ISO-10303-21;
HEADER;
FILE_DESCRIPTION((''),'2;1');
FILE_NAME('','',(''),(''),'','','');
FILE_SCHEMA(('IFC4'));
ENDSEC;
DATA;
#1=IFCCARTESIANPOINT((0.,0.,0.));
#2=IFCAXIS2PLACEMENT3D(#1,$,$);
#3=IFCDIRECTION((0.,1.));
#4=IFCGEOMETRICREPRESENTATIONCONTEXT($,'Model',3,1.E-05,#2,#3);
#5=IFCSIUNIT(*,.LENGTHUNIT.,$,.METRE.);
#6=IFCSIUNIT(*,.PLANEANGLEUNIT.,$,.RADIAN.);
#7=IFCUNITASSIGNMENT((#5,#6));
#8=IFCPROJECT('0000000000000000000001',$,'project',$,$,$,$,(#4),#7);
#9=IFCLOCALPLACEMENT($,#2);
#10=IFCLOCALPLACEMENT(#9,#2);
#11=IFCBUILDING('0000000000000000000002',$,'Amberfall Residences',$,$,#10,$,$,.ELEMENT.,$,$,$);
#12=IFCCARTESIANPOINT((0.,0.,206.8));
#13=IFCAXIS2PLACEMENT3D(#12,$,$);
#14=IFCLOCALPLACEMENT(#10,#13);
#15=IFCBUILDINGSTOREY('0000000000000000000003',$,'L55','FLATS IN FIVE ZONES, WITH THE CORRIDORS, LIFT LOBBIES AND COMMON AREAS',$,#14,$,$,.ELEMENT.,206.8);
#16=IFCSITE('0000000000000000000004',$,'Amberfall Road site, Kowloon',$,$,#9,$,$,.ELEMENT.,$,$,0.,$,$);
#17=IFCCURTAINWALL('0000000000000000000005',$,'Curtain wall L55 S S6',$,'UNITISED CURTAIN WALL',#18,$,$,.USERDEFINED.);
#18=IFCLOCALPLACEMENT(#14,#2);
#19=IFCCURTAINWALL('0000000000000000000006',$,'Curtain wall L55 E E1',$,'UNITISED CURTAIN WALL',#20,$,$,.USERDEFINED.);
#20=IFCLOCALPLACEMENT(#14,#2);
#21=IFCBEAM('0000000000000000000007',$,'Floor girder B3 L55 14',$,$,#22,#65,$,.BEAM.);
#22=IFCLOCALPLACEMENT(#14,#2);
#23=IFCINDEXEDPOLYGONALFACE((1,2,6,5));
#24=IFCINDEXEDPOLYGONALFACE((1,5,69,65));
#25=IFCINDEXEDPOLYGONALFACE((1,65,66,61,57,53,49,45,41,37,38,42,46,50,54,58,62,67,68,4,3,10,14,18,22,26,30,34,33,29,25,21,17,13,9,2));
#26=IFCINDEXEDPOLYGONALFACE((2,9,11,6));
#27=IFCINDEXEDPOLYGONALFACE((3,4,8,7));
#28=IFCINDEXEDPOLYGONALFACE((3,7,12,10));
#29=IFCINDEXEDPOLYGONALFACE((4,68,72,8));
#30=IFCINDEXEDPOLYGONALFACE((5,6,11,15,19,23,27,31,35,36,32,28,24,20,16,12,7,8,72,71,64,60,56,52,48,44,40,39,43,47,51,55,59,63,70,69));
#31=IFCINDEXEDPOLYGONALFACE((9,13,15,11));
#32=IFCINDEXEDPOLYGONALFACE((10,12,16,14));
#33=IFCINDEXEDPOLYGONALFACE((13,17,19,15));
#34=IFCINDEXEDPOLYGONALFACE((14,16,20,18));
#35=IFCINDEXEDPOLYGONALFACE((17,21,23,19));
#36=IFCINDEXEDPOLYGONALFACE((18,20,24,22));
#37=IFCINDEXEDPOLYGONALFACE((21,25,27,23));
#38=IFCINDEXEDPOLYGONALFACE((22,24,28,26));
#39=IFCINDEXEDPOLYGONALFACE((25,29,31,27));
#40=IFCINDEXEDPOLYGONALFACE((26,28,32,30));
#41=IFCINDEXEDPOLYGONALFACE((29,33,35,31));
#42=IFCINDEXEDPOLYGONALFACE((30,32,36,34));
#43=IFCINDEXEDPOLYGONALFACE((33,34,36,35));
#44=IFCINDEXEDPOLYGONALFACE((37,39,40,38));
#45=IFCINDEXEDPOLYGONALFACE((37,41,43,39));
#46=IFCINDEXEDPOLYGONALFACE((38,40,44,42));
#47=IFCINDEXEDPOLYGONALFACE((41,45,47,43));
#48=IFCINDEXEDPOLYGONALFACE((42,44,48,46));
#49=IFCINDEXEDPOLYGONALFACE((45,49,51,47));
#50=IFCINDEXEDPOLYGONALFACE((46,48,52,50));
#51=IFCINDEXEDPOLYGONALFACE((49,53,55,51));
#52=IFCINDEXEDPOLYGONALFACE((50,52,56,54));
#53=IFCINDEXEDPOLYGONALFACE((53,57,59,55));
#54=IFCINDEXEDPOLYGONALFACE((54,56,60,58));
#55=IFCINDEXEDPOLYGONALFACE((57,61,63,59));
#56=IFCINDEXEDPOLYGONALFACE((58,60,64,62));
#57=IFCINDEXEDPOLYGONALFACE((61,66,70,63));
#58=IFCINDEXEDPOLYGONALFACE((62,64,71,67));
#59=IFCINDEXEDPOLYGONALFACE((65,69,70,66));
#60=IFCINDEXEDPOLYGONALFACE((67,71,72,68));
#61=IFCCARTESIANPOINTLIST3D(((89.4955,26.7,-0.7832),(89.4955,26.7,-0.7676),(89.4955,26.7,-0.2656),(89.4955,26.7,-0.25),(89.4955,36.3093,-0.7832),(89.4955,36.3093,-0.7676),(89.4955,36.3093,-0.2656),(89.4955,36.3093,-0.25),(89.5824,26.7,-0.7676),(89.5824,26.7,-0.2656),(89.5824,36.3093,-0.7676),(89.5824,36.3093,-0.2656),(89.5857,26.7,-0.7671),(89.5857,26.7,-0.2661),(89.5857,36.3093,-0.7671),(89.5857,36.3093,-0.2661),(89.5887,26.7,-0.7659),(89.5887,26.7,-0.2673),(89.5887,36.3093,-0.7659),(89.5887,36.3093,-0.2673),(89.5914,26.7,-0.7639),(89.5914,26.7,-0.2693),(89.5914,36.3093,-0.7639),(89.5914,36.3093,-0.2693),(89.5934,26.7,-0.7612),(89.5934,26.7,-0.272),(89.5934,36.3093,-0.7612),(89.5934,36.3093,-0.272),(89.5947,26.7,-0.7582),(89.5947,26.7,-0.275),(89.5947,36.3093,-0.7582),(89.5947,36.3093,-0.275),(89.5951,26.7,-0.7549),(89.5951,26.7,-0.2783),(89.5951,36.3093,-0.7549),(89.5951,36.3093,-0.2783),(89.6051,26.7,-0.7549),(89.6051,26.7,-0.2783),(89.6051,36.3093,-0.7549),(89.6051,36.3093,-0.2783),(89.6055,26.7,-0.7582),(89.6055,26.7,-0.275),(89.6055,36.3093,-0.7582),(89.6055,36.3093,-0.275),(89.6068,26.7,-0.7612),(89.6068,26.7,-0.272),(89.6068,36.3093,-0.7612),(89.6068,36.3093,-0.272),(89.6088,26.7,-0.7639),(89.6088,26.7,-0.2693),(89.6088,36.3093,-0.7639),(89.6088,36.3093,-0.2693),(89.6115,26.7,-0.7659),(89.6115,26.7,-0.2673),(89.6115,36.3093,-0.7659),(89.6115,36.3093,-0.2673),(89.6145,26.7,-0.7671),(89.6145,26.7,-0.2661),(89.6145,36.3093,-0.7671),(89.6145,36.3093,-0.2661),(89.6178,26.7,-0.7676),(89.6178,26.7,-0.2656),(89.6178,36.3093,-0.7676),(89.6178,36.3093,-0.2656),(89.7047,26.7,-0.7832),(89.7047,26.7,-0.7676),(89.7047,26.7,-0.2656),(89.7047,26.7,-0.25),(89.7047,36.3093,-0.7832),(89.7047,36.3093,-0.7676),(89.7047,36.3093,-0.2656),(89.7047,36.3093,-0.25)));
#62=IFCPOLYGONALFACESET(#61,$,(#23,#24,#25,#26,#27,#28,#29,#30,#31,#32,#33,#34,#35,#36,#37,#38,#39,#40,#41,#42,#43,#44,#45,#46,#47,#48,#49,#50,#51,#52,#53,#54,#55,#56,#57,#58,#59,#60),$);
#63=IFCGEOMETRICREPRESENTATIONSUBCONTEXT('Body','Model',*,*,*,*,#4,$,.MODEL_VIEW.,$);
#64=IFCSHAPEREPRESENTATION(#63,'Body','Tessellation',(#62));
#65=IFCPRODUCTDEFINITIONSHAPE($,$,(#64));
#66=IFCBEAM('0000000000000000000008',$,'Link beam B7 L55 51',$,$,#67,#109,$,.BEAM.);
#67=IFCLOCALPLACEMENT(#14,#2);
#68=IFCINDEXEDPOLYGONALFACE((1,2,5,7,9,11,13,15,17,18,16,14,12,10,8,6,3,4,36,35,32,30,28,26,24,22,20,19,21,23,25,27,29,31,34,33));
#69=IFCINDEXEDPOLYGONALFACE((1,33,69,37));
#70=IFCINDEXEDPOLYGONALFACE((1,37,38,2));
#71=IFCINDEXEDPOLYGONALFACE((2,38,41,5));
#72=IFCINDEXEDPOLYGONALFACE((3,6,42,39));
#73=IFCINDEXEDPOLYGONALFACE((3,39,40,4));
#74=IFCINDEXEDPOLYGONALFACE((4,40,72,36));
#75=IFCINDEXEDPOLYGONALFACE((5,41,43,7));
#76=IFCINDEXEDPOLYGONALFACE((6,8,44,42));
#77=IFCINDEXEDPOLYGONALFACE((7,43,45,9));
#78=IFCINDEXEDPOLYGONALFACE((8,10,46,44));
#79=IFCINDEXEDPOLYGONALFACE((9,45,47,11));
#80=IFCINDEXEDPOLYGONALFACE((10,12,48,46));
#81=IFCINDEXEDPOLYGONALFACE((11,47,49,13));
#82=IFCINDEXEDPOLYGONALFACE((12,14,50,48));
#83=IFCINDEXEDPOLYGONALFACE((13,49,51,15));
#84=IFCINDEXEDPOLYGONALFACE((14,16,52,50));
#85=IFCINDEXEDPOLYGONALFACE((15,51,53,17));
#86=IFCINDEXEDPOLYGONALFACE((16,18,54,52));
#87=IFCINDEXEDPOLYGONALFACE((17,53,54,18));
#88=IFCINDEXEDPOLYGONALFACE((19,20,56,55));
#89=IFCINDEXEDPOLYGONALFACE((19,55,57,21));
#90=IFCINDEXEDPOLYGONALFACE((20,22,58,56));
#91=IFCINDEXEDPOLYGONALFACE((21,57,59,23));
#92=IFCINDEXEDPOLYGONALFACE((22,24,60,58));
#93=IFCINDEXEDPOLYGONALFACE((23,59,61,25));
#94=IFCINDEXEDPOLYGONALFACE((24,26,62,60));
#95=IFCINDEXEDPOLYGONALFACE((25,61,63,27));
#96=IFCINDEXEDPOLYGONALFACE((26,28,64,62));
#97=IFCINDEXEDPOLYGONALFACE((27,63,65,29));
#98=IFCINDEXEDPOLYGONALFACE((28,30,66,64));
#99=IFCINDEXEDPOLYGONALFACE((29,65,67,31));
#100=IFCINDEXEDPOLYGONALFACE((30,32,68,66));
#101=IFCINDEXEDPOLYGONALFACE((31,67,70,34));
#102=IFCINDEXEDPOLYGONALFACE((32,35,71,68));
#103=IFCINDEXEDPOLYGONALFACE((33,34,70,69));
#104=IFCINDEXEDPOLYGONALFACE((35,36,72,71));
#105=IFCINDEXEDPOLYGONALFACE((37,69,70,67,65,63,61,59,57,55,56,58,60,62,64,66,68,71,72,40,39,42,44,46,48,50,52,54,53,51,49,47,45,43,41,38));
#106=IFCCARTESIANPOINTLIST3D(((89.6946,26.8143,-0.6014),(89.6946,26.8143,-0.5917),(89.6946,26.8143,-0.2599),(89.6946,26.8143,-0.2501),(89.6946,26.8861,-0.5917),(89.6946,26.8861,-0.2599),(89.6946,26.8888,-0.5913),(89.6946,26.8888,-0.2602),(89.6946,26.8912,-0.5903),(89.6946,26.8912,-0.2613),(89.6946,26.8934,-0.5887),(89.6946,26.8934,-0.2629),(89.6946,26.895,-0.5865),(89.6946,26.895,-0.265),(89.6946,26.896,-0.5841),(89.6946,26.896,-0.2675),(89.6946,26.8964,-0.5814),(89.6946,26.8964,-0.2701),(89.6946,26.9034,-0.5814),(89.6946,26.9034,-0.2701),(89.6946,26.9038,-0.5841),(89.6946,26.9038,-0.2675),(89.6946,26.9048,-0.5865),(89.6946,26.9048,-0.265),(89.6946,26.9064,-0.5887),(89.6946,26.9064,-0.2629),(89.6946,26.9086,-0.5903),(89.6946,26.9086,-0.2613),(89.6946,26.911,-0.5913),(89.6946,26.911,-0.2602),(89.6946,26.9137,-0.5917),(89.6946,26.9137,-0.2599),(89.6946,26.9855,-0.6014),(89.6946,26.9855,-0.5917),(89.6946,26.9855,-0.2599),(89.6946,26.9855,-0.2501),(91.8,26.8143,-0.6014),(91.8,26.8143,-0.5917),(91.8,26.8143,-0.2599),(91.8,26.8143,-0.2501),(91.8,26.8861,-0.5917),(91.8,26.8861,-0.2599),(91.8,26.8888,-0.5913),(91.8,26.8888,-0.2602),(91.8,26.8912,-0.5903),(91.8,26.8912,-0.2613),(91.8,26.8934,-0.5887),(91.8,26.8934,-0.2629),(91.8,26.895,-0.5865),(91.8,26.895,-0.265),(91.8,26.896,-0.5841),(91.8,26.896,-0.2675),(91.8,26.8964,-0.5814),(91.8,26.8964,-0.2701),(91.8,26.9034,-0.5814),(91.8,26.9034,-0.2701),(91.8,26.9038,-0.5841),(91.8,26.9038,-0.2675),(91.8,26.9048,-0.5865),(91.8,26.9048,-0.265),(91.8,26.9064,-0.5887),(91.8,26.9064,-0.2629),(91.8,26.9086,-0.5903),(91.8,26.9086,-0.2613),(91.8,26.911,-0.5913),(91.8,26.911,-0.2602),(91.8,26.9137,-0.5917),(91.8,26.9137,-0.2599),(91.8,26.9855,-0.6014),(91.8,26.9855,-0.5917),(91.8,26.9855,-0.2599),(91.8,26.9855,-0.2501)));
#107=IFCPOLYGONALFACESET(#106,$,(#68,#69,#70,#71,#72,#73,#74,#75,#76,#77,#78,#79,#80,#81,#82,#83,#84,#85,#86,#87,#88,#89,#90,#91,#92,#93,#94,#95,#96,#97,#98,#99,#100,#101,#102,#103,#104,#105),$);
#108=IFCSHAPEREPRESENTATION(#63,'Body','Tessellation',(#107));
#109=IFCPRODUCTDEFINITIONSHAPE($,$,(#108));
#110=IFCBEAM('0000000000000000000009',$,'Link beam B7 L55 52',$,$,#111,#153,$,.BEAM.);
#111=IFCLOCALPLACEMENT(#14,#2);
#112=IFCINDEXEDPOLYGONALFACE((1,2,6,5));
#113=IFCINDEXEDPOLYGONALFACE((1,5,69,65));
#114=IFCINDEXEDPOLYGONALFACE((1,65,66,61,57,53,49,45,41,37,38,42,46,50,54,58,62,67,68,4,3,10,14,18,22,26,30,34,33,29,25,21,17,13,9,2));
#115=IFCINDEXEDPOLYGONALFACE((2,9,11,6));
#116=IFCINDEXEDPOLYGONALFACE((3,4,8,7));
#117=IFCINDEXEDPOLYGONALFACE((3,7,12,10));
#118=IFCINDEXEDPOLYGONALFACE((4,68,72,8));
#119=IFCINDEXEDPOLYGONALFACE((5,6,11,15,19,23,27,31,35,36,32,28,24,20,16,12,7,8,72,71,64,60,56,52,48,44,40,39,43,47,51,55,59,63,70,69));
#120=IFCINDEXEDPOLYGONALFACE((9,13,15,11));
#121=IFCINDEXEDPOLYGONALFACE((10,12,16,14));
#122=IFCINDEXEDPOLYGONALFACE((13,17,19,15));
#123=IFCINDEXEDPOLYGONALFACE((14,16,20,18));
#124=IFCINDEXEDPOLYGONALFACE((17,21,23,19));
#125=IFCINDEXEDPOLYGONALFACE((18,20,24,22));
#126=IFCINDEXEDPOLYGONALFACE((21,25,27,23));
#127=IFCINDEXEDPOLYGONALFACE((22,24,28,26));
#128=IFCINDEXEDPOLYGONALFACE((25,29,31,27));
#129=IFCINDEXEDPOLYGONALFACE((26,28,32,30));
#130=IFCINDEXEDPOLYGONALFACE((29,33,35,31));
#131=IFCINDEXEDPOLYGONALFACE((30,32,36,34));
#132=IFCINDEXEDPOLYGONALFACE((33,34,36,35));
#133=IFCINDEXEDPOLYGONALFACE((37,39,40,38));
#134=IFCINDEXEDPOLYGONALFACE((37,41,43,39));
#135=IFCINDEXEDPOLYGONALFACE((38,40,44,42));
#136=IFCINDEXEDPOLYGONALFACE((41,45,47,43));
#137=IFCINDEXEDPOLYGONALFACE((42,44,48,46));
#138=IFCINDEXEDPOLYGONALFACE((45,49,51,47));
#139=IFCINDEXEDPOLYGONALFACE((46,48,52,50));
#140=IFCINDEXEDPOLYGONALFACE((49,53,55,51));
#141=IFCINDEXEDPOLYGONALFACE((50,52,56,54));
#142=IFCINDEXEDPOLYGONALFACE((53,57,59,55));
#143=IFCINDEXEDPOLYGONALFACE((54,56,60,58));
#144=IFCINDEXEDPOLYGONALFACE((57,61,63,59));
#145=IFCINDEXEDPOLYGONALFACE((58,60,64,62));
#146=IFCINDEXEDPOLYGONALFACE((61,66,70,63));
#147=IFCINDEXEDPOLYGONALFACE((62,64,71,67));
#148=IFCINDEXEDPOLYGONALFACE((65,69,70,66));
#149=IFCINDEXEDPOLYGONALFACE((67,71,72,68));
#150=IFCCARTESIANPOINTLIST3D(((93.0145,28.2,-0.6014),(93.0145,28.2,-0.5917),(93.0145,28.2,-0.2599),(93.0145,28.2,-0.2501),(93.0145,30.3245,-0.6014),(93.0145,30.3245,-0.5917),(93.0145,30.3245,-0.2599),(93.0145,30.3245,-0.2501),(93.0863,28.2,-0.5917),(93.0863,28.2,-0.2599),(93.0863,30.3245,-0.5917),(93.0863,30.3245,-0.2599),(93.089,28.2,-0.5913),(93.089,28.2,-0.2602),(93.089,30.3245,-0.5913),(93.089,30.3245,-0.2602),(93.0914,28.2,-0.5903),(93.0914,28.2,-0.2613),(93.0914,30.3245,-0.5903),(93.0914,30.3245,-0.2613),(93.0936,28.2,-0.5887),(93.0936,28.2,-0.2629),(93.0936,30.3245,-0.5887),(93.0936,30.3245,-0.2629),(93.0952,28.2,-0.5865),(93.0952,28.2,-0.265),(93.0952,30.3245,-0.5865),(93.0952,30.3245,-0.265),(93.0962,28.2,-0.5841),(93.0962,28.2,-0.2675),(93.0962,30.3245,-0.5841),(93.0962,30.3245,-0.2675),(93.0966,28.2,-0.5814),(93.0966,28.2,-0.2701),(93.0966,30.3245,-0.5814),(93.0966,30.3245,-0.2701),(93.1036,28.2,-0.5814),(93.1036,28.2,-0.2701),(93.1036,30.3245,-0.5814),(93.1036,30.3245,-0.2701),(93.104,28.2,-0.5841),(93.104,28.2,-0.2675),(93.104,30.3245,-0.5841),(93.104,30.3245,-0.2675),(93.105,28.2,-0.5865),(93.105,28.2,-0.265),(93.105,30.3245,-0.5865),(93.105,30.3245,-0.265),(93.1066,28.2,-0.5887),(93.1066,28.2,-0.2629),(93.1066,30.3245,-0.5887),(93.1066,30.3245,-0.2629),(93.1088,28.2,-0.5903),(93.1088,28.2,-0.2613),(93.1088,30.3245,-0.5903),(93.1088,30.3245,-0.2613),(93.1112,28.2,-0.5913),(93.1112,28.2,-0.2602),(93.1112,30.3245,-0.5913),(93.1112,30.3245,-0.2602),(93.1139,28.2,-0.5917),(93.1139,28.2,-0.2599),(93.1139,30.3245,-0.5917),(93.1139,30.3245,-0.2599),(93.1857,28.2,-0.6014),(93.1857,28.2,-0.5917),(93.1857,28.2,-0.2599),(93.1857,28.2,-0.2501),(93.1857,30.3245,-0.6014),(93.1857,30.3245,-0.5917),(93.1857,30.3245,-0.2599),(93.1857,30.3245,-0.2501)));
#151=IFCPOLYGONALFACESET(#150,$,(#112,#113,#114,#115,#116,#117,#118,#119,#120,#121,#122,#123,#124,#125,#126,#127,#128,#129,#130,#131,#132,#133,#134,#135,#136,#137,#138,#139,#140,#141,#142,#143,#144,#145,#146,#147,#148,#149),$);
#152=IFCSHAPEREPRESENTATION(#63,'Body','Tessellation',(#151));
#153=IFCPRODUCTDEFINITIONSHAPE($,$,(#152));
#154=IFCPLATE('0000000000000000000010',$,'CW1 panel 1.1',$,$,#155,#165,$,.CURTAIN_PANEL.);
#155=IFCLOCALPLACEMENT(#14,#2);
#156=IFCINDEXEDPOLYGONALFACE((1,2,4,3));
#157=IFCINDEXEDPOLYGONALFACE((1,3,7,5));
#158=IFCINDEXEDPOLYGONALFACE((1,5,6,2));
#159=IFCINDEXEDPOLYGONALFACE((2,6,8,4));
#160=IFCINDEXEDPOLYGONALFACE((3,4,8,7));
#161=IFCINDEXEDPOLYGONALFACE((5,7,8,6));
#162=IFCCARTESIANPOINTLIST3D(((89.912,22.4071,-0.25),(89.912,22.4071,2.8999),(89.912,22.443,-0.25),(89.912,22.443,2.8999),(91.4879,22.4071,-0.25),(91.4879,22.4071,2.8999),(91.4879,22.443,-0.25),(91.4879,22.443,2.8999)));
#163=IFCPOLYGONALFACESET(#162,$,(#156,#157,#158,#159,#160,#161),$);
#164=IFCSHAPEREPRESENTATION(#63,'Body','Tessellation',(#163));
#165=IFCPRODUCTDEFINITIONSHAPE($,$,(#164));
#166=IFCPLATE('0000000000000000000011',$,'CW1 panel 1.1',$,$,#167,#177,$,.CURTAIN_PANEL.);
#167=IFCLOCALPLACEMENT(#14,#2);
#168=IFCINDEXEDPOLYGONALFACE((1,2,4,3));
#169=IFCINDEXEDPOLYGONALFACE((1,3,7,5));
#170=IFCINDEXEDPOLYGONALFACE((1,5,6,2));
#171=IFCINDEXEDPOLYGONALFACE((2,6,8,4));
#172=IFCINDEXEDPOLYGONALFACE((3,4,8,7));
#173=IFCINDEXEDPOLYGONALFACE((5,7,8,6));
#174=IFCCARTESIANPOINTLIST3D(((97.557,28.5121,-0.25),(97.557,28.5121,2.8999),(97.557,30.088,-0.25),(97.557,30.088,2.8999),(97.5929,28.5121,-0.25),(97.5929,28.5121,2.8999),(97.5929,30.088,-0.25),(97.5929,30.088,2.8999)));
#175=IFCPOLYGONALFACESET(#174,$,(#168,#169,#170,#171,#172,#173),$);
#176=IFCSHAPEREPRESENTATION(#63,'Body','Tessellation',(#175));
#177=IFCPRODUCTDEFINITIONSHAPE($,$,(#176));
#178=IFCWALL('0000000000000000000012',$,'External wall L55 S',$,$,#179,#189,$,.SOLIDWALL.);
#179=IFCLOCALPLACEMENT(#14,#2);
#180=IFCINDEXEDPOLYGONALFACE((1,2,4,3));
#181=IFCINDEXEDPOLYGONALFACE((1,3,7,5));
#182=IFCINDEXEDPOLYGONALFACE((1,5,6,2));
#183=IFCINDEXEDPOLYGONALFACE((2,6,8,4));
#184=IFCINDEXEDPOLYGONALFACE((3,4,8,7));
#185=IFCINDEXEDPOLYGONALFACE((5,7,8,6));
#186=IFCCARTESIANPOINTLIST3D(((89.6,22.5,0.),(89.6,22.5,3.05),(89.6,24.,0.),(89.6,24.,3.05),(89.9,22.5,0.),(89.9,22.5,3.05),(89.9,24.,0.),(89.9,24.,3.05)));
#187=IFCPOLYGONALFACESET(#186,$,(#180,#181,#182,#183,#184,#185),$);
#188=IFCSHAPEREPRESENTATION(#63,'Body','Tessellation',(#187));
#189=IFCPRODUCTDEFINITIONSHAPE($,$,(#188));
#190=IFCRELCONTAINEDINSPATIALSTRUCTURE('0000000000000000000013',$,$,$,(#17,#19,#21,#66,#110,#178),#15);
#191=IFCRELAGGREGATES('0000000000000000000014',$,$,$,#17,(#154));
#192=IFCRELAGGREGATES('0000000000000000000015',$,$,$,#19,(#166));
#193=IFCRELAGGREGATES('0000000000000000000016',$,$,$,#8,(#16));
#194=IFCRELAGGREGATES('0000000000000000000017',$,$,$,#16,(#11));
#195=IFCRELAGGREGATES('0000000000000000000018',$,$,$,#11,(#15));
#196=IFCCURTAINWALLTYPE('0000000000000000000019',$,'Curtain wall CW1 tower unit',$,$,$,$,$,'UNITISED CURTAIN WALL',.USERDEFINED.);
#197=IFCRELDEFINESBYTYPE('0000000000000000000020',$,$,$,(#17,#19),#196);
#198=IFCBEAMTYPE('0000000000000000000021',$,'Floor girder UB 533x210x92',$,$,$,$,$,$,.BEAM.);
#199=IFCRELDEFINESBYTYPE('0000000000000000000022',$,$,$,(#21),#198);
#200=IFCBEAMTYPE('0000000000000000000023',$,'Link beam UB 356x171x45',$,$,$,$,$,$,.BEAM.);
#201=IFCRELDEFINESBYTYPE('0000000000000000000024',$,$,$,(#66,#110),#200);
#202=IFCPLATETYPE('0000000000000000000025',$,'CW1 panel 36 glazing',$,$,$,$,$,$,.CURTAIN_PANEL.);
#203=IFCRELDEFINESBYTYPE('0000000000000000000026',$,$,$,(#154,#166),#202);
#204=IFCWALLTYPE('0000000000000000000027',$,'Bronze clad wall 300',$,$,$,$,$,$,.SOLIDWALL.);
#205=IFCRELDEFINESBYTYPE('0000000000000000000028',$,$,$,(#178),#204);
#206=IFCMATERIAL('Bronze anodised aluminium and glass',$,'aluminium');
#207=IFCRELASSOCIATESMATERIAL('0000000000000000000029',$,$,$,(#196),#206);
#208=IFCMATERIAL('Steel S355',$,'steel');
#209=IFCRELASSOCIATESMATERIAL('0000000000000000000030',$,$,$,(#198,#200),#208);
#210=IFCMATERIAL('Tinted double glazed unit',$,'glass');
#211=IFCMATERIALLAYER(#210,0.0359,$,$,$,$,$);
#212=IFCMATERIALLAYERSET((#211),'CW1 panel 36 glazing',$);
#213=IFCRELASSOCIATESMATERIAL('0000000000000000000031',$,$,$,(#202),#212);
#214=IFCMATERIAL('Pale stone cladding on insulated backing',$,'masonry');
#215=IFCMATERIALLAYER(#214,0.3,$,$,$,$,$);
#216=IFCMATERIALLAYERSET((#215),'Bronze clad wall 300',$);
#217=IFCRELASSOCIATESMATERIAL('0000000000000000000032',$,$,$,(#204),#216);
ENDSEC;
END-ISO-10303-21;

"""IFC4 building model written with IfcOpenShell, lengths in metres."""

from ifc_helpers import new_model, si_unit, direction, frame, frame_2d, origin, origin_2d, place, context, subcontext, project, spatial, rectangle, i_section, extrude, material, layer, layer_set, material_profile, profile_set, type_object, element, aggregate, save


model = new_model("IFC4")

# Units and contexts
model_context = context("Model", 3, precision=1e-05, world=origin(), true_north=direction((0.0, 1.0)))
body_context = subcontext(model_context, "Body", "Model", "MODEL_VIEW")
ifc_project = project(units=[si_unit("LENGTHUNIT", "METRE"), si_unit("PLANEANGLEUNIT", "RADIAN")], contexts=[model_context])

# Site, building, storey
site_placement = place(None, origin())
site = spatial("IfcSite", under=ifc_project, at=site_placement, Name="Amberfall Road site, Kowloon", CompositionType="ELEMENT", RefElevation=0.0)
building_placement = place(site_placement, origin())
building = spatial("IfcBuilding", under=site, at=building_placement, Name="Amberfall Residences", CompositionType="ELEMENT")
storey_placement = place(building_placement, frame((0.0, 0.0, 206.8)))
storey = spatial("IfcBuildingStorey", under=building, at=storey_placement, Name="L55", Description="FLATS IN FIVE ZONES, WITH THE CORRIDORS, LIFT LOBBIES AND COMMON AREAS", CompositionType="ELEMENT", Elevation=206.8)

# Curtain walls
ifc_material_1 = material(Name="Bronze anodised aluminium and glass", Category="aluminium")
curtain_wall_type = type_object("IfcCurtainWallType", Name="Curtain wall CW1 tower unit", ElementType="UNITISED CURTAIN WALL", PredefinedType="USERDEFINED", material=ifc_material_1)
curtain_wall_1_placement = place(storey_placement, origin())
curtain_wall_1 = element("IfcCurtainWall", 1, at=curtain_wall_1_placement, inside=storey, type_object=curtain_wall_type, Name="Curtain wall L55 S S6", ObjectType="UNITISED CURTAIN WALL", PredefinedType="USERDEFINED")
curtain_wall_2_placement = place(storey_placement, origin())
curtain_wall_2 = element("IfcCurtainWall", 2, at=curtain_wall_2_placement, inside=storey, type_object=curtain_wall_type, Name="Curtain wall L55 E E1", ObjectType="UNITISED CURTAIN WALL", PredefinedType="USERDEFINED")

# Shared definitions
ifc_material_2 = material(Name="Steel S355", Category="steel")

# Beams
ifc_material_profile_1 = material_profile(ifc_material_2, i_section(OverallWidth=0.2092, OverallDepth=0.5332, WebThickness=0.01, FlangeThickness=0.0156, FilletRadius=0.0127, at=origin_2d()), Name="UB 533x210x92")
ifc_profile_set_1 = profile_set([ifc_material_profile_1], Name="Steel S355")
beam_type_1 = type_object("IfcBeamType", Name="Floor girder UB 533x210x92", PredefinedType="BEAM", material=ifc_profile_set_1)
beam_1_placement = place(storey_placement, frame((89.6001, 26.7, -0.5166), z_axis=(0.0, 1.0, 0.0), x_axis=(-1.0, 0.0, 0.0)))
element("IfcBeam", 3, at=beam_1_placement, inside=storey, type_object=beam_type_1, Name="Floor girder B3 L55 14", PredefinedType="BEAM", context=body_context, shape_type="SweptSolid", body=[
    extrude(i_section(OverallWidth=0.2092, OverallDepth=0.5332, WebThickness=0.01, FlangeThickness=0.0156, FilletRadius=0.0127, at=origin_2d()), origin(), (0.0, 0.0, 1.0), 9.6094),
])
ifc_material_profile_2 = material_profile(ifc_material_2, i_section(OverallWidth=0.1711, OverallDepth=0.3513, WebThickness=0.0071, FlangeThickness=0.0098, FilletRadius=0.0103, at=origin_2d()), Name="UB 356x171x45")
ifc_profile_set_2 = profile_set([ifc_material_profile_2], Name="Steel S355")
beam_type_2 = type_object("IfcBeamType", Name="Link beam UB 356x171x45", PredefinedType="BEAM", material=ifc_profile_set_2)
beam_2_placement = place(storey_placement, frame((91.8, 26.8999, -0.4258), z_axis=(-1.0, 0.0, 0.0), x_axis=(0.0, -1.0, 0.0)))
element("IfcBeam", 4, at=beam_2_placement, inside=storey, type_object=beam_type_2, Name="Link beam B7 L55 51", PredefinedType="BEAM", context=body_context, shape_type="SweptSolid", body=[
    extrude(i_section(OverallWidth=0.1711, OverallDepth=0.3513, WebThickness=0.0071, FlangeThickness=0.0098, FilletRadius=0.0103, at=origin_2d()), origin(), (0.0, 0.0, 1.0), 2.1055),
])
beam_3_placement = place(storey_placement, frame((93.1001, 28.2, -0.4258), z_axis=(0.0, 1.0, 0.0), x_axis=(-1.0, 0.0, 0.0)))
element("IfcBeam", 5, at=beam_3_placement, inside=storey, type_object=beam_type_2, Name="Link beam B7 L55 52", PredefinedType="BEAM", context=body_context, shape_type="SweptSolid", body=[
    extrude(i_section(OverallWidth=0.1711, OverallDepth=0.3513, WebThickness=0.0071, FlangeThickness=0.0098, FilletRadius=0.0103, at=origin_2d()), origin(), (0.0, 0.0, 1.0), 2.1245),
])

# Plates
ifc_material_3 = material(Name="Tinted double glazed unit", Category="glass")
ifc_layer_1 = layer(ifc_material_3, 0.0359)
ifc_layer_set_1 = layer_set([ifc_layer_1], Name="CW1 panel 36 glazing")
plate_type = type_object("IfcPlateType", Name="CW1 panel 36 glazing", PredefinedType="CURTAIN_PANEL", material=ifc_layer_set_1)
plate_1_placement = place(storey_placement, frame((90.7, 22.425, -0.25), z_axis=(0.0, 0.0, 1.0), x_axis=(1.0, 0.0, 0.0)))
plate_1 = element("IfcPlate", 6, at=plate_1_placement, type_object=plate_type, Name="CW1 panel 1.1", PredefinedType="CURTAIN_PANEL", context=body_context, shape_type="SweptSolid", body=[
    extrude(rectangle(XDim=1.5759, YDim=0.0359, at=origin_2d()), origin(), (0.0, 0.0, 1.0), 3.1499),
])
aggregate(curtain_wall_1, [plate_1])
plate_2_placement = place(storey_placement, frame((97.575, 29.3, -0.25), z_axis=(0.0, 0.0, 1.0), x_axis=(0.0, 1.0, 0.0)))
plate_2 = element("IfcPlate", 7, at=plate_2_placement, type_object=plate_type, Name="CW1 panel 1.1", PredefinedType="CURTAIN_PANEL", context=body_context, shape_type="SweptSolid", body=[
    extrude(rectangle(XDim=1.5759, YDim=0.0359, at=origin_2d()), origin(), (0.0, 0.0, 1.0), 3.1499),
])
aggregate(curtain_wall_2, [plate_2])

# Wall
ifc_material_4 = material(Name="Pale stone cladding on insulated backing", Category="masonry")
ifc_layer_2 = layer(ifc_material_4, 0.3)
ifc_layer_set_2 = layer_set([ifc_layer_2], Name="Bronze clad wall 300")
wall_type_1 = type_object("IfcWallType", Name="Bronze clad wall 300", PredefinedType="SOLIDWALL", material=ifc_layer_set_2)
wall_1_placement = place(storey_placement, frame((89.75, 24.0, 0.0), z_axis=(0.0, 0.0, 1.0), x_axis=(0.0, -1.0, 0.0)))
element("IfcWall", 8, at=wall_1_placement, inside=storey, type_object=wall_type_1, Name="External wall L55 S", PredefinedType="SOLIDWALL", context=body_context, shape_type="SweptSolid", body=[
    extrude(rectangle(XDim=1.5, YDim=0.3, at=frame_2d((0.75, 0.0))), origin(), (0.0, 0.0, 1.0), 3.05),
])

save(model, "model.ifc")
